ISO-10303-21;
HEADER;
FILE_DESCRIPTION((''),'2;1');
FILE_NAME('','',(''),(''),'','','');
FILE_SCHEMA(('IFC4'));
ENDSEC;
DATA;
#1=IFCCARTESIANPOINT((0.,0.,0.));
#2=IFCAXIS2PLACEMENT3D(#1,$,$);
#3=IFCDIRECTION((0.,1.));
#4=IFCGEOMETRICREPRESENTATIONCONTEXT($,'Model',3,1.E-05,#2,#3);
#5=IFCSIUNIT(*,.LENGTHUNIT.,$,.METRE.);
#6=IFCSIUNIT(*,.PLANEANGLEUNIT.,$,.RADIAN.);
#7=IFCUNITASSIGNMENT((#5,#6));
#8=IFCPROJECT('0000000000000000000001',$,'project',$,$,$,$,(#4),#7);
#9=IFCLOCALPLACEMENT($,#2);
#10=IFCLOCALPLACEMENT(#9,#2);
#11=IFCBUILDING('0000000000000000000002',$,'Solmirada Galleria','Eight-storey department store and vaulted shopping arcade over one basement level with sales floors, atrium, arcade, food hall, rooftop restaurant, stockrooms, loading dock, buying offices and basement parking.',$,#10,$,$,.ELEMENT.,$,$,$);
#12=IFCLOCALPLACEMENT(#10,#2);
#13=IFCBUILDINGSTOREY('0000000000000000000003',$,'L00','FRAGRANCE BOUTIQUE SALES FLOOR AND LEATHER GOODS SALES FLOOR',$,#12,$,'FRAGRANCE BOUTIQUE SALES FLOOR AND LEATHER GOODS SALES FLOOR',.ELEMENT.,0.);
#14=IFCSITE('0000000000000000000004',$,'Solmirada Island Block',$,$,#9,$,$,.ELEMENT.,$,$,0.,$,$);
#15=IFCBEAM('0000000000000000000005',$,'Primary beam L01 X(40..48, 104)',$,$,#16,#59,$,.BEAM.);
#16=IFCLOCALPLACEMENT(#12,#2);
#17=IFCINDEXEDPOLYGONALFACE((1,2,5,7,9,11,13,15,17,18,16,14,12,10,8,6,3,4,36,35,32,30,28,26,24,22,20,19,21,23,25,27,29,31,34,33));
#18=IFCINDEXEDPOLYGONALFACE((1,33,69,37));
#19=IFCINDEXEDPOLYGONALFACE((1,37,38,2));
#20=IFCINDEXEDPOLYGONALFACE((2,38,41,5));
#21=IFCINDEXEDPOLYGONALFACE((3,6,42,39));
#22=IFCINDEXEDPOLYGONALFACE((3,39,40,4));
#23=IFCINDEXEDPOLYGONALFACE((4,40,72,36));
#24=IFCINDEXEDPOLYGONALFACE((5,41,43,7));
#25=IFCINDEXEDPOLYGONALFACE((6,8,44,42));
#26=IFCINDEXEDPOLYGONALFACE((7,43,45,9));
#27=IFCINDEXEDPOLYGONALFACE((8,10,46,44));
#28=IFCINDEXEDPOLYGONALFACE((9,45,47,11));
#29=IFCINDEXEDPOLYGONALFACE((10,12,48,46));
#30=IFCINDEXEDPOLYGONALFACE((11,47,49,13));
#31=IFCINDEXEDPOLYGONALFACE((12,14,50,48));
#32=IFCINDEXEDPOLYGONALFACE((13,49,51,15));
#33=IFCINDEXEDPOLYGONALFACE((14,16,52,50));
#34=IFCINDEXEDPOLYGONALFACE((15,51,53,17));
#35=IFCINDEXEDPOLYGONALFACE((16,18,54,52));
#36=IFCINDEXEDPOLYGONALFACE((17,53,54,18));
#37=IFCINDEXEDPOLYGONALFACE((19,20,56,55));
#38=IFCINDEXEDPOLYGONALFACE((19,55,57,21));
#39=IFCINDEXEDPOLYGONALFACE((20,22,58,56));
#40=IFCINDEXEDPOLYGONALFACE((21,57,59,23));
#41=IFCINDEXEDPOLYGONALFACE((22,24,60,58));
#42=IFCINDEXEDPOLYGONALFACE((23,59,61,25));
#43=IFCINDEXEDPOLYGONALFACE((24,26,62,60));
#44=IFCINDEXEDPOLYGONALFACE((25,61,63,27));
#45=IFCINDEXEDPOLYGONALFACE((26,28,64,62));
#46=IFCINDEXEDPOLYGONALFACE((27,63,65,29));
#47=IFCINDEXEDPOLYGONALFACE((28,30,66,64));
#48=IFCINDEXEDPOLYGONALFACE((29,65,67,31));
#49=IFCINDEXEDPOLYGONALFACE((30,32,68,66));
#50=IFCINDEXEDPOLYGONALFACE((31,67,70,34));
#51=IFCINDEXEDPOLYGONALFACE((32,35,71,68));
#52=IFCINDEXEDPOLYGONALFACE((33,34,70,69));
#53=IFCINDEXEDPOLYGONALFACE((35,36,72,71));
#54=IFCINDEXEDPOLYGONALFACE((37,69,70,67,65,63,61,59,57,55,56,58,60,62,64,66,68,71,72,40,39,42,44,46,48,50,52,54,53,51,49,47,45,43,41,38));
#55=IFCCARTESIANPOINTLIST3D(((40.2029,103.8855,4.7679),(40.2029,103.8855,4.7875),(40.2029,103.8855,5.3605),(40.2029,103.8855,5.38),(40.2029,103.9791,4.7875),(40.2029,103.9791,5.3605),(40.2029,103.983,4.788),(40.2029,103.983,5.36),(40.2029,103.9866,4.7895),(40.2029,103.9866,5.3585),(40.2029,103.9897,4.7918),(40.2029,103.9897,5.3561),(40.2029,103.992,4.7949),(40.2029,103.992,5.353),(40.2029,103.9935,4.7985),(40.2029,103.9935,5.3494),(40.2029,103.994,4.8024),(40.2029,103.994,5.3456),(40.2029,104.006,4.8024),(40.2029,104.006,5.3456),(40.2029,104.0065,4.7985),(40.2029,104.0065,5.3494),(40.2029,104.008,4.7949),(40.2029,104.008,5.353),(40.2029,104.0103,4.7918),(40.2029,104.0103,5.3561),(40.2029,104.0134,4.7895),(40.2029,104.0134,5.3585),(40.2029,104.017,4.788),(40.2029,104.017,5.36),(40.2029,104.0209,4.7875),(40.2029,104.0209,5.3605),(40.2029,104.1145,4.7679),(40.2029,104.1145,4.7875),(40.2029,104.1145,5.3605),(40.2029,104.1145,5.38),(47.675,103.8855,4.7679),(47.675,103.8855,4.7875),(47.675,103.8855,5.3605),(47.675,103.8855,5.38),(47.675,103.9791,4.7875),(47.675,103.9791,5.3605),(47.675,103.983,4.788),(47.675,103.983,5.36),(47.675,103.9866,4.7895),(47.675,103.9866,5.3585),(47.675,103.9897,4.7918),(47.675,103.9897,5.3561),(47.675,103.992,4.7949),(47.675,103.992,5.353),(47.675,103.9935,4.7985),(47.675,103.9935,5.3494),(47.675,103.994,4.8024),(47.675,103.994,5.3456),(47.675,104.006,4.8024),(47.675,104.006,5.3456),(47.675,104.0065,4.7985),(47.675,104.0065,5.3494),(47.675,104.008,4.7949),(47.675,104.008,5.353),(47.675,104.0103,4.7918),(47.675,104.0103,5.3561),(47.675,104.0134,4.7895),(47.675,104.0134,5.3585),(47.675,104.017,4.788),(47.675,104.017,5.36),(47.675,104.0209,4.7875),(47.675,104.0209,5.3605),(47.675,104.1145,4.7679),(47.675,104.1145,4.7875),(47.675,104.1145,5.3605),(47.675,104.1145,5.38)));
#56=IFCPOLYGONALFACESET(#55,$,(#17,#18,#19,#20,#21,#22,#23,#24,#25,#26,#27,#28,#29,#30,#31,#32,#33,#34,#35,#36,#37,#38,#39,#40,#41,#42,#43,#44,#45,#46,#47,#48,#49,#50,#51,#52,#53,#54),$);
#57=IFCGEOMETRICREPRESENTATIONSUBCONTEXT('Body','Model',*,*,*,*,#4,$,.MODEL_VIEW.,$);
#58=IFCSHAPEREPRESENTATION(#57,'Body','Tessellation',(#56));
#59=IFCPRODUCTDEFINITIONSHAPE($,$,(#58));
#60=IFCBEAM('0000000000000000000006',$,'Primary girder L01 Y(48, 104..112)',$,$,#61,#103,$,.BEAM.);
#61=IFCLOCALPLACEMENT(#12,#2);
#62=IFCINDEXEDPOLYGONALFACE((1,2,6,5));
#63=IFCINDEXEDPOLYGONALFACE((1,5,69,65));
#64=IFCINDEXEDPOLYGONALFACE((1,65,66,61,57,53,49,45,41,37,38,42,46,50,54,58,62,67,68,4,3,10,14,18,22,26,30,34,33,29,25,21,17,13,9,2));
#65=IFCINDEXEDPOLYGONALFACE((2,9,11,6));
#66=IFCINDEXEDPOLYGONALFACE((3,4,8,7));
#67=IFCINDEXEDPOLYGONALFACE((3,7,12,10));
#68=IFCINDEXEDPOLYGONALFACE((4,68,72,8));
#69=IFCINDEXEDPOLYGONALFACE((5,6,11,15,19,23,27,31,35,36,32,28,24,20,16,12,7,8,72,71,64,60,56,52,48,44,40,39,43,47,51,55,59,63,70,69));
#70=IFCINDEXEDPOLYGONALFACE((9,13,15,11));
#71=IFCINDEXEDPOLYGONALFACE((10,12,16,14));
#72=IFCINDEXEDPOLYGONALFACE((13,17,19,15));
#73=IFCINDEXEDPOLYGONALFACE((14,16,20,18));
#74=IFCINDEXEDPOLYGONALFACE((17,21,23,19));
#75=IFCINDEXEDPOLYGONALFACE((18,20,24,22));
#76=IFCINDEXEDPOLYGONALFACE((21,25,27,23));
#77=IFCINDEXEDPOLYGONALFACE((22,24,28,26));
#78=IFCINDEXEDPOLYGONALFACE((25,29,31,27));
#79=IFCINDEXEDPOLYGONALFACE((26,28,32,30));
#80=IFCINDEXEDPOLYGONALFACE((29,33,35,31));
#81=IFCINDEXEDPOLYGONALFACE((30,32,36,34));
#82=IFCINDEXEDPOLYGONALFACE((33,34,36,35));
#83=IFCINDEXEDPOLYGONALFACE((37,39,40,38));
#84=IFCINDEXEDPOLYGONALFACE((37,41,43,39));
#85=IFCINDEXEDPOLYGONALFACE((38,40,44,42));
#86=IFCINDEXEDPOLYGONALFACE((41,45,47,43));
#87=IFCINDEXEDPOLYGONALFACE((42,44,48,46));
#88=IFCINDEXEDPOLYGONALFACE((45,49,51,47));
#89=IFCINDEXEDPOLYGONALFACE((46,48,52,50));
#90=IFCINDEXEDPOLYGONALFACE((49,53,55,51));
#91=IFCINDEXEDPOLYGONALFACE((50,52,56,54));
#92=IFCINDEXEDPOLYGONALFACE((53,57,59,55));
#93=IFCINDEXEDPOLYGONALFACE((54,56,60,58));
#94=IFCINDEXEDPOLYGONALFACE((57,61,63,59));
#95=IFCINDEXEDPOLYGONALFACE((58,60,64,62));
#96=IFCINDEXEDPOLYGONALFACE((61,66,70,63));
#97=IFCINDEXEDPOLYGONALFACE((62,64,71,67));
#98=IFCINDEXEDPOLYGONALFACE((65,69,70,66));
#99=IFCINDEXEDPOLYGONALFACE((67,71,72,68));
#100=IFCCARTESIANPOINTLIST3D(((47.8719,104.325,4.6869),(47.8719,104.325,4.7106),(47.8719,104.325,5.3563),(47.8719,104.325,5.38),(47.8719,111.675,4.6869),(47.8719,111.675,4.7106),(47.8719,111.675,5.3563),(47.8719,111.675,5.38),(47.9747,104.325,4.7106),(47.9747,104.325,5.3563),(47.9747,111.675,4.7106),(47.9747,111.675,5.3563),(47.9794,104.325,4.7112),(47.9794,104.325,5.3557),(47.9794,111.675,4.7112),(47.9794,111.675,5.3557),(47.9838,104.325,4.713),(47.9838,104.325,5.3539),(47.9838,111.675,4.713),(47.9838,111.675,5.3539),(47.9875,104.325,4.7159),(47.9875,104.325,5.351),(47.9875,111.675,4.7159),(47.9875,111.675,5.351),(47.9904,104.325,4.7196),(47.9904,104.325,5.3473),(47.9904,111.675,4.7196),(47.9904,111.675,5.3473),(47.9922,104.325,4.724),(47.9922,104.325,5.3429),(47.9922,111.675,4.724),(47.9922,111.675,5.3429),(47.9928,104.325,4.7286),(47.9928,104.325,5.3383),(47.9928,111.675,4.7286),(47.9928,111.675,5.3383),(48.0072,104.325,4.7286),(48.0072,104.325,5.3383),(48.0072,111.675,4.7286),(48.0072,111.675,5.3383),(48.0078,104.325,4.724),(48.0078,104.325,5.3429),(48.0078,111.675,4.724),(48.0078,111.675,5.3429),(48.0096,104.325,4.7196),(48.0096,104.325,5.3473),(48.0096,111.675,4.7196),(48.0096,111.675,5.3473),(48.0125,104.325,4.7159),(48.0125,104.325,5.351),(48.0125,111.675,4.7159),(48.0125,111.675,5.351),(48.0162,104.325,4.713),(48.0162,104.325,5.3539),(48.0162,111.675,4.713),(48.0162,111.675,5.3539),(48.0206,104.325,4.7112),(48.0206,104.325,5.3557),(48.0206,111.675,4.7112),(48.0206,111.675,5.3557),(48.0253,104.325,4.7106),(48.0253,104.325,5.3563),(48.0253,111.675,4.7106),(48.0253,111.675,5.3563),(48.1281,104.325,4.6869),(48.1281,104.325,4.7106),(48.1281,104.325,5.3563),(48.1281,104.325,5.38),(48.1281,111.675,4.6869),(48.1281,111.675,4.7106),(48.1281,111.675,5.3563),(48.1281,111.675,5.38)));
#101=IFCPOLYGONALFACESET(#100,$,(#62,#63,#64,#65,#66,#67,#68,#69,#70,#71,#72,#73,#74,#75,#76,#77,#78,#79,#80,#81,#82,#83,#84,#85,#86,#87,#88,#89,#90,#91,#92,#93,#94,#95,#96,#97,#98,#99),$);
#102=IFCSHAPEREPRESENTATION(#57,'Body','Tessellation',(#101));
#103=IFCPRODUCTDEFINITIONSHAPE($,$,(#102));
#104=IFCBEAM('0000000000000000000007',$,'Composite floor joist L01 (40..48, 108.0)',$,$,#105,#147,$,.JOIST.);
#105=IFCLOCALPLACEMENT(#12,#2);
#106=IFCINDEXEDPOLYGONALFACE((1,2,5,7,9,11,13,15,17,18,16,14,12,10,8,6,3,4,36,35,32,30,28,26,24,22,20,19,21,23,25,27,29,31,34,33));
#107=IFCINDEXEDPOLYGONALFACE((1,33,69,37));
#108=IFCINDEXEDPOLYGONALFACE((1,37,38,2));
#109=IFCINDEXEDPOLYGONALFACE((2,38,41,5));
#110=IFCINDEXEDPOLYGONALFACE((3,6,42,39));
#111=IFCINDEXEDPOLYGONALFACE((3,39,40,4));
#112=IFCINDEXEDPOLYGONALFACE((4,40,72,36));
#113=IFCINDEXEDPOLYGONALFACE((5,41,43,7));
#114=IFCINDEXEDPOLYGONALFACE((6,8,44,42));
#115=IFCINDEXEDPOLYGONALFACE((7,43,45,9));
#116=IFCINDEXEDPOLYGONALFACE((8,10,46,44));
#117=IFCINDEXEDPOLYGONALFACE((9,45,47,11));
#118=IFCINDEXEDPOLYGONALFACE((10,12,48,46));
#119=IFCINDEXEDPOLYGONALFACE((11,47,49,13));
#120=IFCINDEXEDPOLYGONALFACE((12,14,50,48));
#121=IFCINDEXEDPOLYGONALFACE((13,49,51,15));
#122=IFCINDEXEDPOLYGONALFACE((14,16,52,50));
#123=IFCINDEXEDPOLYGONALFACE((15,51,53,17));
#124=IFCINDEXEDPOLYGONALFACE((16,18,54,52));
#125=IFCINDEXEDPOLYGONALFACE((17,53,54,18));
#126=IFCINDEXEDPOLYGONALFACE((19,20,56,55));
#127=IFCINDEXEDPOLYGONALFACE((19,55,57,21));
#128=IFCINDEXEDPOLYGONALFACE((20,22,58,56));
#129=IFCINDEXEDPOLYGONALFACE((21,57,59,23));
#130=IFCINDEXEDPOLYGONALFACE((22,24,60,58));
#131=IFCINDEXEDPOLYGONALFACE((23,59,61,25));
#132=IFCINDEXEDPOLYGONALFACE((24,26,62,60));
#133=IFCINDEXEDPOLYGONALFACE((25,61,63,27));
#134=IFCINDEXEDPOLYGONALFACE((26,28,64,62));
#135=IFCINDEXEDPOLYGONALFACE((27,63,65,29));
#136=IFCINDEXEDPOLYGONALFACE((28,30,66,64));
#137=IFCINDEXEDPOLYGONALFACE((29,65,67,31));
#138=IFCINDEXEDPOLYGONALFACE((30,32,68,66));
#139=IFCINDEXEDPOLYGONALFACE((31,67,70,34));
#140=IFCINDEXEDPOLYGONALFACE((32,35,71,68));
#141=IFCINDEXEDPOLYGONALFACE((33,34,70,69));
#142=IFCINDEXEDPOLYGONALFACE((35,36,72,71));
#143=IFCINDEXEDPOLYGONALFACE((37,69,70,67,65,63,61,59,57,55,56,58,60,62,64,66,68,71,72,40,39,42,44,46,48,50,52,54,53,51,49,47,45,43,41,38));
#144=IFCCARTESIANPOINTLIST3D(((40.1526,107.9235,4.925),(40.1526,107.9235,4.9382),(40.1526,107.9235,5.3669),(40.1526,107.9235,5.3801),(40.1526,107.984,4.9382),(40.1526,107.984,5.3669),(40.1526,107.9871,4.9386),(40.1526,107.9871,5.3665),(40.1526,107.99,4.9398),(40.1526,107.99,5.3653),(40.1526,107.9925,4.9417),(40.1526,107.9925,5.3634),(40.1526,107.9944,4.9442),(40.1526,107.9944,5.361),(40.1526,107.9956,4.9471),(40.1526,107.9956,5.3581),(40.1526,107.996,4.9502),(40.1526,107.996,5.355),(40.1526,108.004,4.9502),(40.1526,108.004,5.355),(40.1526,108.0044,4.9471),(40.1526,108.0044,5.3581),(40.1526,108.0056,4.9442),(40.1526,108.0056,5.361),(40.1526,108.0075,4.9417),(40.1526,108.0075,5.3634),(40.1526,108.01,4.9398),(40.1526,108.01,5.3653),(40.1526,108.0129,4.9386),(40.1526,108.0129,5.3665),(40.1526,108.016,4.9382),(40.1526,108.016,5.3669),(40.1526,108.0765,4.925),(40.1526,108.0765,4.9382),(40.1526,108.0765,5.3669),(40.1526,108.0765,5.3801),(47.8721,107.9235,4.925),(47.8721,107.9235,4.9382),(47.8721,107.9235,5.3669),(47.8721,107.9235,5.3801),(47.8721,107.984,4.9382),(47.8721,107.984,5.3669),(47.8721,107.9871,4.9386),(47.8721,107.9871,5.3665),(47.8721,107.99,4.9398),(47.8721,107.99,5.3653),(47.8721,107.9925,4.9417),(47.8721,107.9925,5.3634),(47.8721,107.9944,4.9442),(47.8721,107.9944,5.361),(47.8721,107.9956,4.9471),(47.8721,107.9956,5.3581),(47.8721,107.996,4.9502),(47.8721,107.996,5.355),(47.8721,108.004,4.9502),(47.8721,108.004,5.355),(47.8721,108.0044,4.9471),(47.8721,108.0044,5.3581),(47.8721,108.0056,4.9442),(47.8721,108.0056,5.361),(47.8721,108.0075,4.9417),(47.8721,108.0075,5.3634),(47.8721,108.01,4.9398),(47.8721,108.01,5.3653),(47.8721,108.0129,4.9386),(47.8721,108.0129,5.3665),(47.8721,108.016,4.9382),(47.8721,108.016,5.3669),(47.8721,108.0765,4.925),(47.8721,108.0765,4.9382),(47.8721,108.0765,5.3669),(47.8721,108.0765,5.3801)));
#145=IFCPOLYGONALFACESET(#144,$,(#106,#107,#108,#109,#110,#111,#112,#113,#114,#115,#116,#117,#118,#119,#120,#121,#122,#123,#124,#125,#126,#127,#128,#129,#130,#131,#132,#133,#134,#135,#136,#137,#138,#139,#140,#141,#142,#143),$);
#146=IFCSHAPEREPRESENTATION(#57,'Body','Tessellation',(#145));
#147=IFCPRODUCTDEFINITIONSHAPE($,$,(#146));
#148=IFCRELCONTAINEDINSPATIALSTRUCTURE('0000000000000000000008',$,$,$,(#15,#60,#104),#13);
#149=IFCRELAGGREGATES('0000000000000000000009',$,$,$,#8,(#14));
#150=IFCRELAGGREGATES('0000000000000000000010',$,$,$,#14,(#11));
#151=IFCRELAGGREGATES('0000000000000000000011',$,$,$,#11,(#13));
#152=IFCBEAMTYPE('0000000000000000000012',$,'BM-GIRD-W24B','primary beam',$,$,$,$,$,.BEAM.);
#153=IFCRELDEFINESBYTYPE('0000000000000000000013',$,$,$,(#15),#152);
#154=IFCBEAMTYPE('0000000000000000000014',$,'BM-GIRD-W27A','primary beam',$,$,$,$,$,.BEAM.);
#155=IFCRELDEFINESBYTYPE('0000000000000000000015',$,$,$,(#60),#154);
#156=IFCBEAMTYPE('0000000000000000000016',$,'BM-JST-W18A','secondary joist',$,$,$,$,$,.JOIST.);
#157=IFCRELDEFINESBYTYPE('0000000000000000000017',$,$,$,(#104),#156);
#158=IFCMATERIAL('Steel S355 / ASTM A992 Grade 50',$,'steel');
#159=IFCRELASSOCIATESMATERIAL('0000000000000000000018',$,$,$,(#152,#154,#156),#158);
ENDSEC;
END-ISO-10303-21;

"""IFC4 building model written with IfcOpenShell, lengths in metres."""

from ifc_helpers import new_model, si_unit, direction, frame, origin, origin_2d, place, context, subcontext, project, spatial, i_section, extrude, material, material_profile, profile_set, type_object, element, save


model = new_model("IFC4")

# Units and contexts
model_context = context("Model", 3, precision=1e-05, world=origin(), true_north=direction((0.0, 1.0)))
body_context = subcontext(model_context, "Body", "Model", "MODEL_VIEW")
ifc_project = project(units=[si_unit("LENGTHUNIT", "METRE"), si_unit("PLANEANGLEUNIT", "RADIAN")], contexts=[model_context])

# Site, building, storey
site_placement = place(None, origin())
site = spatial("IfcSite", under=ifc_project, at=site_placement, Name="Solmirada Island Block", CompositionType="ELEMENT", RefElevation=0.0)
building_placement = place(site_placement, origin())
building = spatial("IfcBuilding", under=site, at=building_placement, Name="Solmirada Galleria", Description="Eight-storey department store and vaulted shopping arcade over one basement level with sales floors, atrium, arcade, food hall, rooftop restaurant, stockrooms, loading dock, buying offices and basement parking.", CompositionType="ELEMENT")
storey_placement = place(building_placement, origin())
storey = spatial("IfcBuildingStorey", under=building, at=storey_placement, Name="L00", Description="FRAGRANCE BOUTIQUE SALES FLOOR AND LEATHER GOODS SALES FLOOR", LongName="FRAGRANCE BOUTIQUE SALES FLOOR AND LEATHER GOODS SALES FLOOR", CompositionType="ELEMENT", Elevation=0.0)

# Beams
ifc_material_1 = material(Name="Steel S355 / ASTM A992 Grade 50", Category="steel")
ifc_material_profile_1 = material_profile(ifc_material_1, i_section(OverallWidth=0.229, OverallDepth=0.6121, WebThickness=0.012, FlangeThickness=0.0195, FilletRadius=0.0149, at=origin_2d()), Name="W24X84")
ifc_profile_set_1 = profile_set([ifc_material_profile_1], Name="Steel S355 / ASTM A992 Grade 50")
beam_type_1 = type_object("IfcBeamType", Name="BM-GIRD-W24B", Description="primary beam", PredefinedType="BEAM", material=ifc_profile_set_1)
beam_1_placement = place(storey_placement, frame((40.2029, 104.0, 5.074), z_axis=(1.0, 0.0, 0.0), x_axis=(0.0, 1.0, 0.0)))
element("IfcBeam", 1, at=beam_1_placement, inside=storey, type_object=beam_type_1, Name="Primary beam L01 X(40..48, 104)", PredefinedType="BEAM", context=body_context, shape_type="SweptSolid", body=[
    extrude(i_section(OverallWidth=0.229, OverallDepth=0.6121, WebThickness=0.012, FlangeThickness=0.0195, FilletRadius=0.0149, at=origin_2d()), origin(), (0.0, 0.0, 1.0), 7.4722),
])
ifc_material_profile_2 = material_profile(ifc_material_1, i_section(OverallWidth=0.2561, OverallDepth=0.6931, WebThickness=0.0144, FlangeThickness=0.0237, FilletRadius=0.0181, at=origin_2d()), Name="W27X114")
ifc_profile_set_2 = profile_set([ifc_material_profile_2], Name="Steel S355 / ASTM A992 Grade 50")
beam_type_2 = type_object("IfcBeamType", Name="BM-GIRD-W27A", Description="primary beam", PredefinedType="BEAM", material=ifc_profile_set_2)
beam_2_placement = place(storey_placement, frame((48.0, 104.325, 5.0334), z_axis=(0.0, 1.0, 0.0), x_axis=(-1.0, 0.0, 0.0)))
element("IfcBeam", 2, at=beam_2_placement, inside=storey, type_object=beam_type_2, Name="Primary girder L01 Y(48, 104..112)", PredefinedType="BEAM", context=body_context, shape_type="SweptSolid", body=[
    extrude(i_section(OverallWidth=0.2561, OverallDepth=0.6931, WebThickness=0.0144, FlangeThickness=0.0237, FilletRadius=0.0181, at=origin_2d()), origin(), (0.0, 0.0, 1.0), 7.3501),
])
ifc_material_profile_3 = material_profile(ifc_material_1, i_section(OverallWidth=0.1531, OverallDepth=0.4551, WebThickness=0.0081, FlangeThickness=0.0132, FilletRadius=0.012, at=origin_2d()), Name="W18X40")
ifc_profile_set_3 = profile_set([ifc_material_profile_3], Name="Steel S355 / ASTM A992 Grade 50")
beam_type_3 = type_object("IfcBeamType", Name="BM-JST-W18A", Description="secondary joist", PredefinedType="JOIST", material=ifc_profile_set_3)
beam_3_placement = place(storey_placement, frame((40.1526, 108.0, 5.1526), z_axis=(1.0, 0.0, 0.0), x_axis=(0.0, 1.0, 0.0)))
element("IfcBeam", 3, at=beam_3_placement, inside=storey, type_object=beam_type_3, Name="Composite floor joist L01 (40..48, 108.0)", PredefinedType="JOIST", context=body_context, shape_type="SweptSolid", body=[
    extrude(i_section(OverallWidth=0.1531, OverallDepth=0.4551, WebThickness=0.0081, FlangeThickness=0.0132, FilletRadius=0.012, at=origin_2d()), origin(), (0.0, 0.0, 1.0), 7.7195),
])

save(model, "model.ifc")
